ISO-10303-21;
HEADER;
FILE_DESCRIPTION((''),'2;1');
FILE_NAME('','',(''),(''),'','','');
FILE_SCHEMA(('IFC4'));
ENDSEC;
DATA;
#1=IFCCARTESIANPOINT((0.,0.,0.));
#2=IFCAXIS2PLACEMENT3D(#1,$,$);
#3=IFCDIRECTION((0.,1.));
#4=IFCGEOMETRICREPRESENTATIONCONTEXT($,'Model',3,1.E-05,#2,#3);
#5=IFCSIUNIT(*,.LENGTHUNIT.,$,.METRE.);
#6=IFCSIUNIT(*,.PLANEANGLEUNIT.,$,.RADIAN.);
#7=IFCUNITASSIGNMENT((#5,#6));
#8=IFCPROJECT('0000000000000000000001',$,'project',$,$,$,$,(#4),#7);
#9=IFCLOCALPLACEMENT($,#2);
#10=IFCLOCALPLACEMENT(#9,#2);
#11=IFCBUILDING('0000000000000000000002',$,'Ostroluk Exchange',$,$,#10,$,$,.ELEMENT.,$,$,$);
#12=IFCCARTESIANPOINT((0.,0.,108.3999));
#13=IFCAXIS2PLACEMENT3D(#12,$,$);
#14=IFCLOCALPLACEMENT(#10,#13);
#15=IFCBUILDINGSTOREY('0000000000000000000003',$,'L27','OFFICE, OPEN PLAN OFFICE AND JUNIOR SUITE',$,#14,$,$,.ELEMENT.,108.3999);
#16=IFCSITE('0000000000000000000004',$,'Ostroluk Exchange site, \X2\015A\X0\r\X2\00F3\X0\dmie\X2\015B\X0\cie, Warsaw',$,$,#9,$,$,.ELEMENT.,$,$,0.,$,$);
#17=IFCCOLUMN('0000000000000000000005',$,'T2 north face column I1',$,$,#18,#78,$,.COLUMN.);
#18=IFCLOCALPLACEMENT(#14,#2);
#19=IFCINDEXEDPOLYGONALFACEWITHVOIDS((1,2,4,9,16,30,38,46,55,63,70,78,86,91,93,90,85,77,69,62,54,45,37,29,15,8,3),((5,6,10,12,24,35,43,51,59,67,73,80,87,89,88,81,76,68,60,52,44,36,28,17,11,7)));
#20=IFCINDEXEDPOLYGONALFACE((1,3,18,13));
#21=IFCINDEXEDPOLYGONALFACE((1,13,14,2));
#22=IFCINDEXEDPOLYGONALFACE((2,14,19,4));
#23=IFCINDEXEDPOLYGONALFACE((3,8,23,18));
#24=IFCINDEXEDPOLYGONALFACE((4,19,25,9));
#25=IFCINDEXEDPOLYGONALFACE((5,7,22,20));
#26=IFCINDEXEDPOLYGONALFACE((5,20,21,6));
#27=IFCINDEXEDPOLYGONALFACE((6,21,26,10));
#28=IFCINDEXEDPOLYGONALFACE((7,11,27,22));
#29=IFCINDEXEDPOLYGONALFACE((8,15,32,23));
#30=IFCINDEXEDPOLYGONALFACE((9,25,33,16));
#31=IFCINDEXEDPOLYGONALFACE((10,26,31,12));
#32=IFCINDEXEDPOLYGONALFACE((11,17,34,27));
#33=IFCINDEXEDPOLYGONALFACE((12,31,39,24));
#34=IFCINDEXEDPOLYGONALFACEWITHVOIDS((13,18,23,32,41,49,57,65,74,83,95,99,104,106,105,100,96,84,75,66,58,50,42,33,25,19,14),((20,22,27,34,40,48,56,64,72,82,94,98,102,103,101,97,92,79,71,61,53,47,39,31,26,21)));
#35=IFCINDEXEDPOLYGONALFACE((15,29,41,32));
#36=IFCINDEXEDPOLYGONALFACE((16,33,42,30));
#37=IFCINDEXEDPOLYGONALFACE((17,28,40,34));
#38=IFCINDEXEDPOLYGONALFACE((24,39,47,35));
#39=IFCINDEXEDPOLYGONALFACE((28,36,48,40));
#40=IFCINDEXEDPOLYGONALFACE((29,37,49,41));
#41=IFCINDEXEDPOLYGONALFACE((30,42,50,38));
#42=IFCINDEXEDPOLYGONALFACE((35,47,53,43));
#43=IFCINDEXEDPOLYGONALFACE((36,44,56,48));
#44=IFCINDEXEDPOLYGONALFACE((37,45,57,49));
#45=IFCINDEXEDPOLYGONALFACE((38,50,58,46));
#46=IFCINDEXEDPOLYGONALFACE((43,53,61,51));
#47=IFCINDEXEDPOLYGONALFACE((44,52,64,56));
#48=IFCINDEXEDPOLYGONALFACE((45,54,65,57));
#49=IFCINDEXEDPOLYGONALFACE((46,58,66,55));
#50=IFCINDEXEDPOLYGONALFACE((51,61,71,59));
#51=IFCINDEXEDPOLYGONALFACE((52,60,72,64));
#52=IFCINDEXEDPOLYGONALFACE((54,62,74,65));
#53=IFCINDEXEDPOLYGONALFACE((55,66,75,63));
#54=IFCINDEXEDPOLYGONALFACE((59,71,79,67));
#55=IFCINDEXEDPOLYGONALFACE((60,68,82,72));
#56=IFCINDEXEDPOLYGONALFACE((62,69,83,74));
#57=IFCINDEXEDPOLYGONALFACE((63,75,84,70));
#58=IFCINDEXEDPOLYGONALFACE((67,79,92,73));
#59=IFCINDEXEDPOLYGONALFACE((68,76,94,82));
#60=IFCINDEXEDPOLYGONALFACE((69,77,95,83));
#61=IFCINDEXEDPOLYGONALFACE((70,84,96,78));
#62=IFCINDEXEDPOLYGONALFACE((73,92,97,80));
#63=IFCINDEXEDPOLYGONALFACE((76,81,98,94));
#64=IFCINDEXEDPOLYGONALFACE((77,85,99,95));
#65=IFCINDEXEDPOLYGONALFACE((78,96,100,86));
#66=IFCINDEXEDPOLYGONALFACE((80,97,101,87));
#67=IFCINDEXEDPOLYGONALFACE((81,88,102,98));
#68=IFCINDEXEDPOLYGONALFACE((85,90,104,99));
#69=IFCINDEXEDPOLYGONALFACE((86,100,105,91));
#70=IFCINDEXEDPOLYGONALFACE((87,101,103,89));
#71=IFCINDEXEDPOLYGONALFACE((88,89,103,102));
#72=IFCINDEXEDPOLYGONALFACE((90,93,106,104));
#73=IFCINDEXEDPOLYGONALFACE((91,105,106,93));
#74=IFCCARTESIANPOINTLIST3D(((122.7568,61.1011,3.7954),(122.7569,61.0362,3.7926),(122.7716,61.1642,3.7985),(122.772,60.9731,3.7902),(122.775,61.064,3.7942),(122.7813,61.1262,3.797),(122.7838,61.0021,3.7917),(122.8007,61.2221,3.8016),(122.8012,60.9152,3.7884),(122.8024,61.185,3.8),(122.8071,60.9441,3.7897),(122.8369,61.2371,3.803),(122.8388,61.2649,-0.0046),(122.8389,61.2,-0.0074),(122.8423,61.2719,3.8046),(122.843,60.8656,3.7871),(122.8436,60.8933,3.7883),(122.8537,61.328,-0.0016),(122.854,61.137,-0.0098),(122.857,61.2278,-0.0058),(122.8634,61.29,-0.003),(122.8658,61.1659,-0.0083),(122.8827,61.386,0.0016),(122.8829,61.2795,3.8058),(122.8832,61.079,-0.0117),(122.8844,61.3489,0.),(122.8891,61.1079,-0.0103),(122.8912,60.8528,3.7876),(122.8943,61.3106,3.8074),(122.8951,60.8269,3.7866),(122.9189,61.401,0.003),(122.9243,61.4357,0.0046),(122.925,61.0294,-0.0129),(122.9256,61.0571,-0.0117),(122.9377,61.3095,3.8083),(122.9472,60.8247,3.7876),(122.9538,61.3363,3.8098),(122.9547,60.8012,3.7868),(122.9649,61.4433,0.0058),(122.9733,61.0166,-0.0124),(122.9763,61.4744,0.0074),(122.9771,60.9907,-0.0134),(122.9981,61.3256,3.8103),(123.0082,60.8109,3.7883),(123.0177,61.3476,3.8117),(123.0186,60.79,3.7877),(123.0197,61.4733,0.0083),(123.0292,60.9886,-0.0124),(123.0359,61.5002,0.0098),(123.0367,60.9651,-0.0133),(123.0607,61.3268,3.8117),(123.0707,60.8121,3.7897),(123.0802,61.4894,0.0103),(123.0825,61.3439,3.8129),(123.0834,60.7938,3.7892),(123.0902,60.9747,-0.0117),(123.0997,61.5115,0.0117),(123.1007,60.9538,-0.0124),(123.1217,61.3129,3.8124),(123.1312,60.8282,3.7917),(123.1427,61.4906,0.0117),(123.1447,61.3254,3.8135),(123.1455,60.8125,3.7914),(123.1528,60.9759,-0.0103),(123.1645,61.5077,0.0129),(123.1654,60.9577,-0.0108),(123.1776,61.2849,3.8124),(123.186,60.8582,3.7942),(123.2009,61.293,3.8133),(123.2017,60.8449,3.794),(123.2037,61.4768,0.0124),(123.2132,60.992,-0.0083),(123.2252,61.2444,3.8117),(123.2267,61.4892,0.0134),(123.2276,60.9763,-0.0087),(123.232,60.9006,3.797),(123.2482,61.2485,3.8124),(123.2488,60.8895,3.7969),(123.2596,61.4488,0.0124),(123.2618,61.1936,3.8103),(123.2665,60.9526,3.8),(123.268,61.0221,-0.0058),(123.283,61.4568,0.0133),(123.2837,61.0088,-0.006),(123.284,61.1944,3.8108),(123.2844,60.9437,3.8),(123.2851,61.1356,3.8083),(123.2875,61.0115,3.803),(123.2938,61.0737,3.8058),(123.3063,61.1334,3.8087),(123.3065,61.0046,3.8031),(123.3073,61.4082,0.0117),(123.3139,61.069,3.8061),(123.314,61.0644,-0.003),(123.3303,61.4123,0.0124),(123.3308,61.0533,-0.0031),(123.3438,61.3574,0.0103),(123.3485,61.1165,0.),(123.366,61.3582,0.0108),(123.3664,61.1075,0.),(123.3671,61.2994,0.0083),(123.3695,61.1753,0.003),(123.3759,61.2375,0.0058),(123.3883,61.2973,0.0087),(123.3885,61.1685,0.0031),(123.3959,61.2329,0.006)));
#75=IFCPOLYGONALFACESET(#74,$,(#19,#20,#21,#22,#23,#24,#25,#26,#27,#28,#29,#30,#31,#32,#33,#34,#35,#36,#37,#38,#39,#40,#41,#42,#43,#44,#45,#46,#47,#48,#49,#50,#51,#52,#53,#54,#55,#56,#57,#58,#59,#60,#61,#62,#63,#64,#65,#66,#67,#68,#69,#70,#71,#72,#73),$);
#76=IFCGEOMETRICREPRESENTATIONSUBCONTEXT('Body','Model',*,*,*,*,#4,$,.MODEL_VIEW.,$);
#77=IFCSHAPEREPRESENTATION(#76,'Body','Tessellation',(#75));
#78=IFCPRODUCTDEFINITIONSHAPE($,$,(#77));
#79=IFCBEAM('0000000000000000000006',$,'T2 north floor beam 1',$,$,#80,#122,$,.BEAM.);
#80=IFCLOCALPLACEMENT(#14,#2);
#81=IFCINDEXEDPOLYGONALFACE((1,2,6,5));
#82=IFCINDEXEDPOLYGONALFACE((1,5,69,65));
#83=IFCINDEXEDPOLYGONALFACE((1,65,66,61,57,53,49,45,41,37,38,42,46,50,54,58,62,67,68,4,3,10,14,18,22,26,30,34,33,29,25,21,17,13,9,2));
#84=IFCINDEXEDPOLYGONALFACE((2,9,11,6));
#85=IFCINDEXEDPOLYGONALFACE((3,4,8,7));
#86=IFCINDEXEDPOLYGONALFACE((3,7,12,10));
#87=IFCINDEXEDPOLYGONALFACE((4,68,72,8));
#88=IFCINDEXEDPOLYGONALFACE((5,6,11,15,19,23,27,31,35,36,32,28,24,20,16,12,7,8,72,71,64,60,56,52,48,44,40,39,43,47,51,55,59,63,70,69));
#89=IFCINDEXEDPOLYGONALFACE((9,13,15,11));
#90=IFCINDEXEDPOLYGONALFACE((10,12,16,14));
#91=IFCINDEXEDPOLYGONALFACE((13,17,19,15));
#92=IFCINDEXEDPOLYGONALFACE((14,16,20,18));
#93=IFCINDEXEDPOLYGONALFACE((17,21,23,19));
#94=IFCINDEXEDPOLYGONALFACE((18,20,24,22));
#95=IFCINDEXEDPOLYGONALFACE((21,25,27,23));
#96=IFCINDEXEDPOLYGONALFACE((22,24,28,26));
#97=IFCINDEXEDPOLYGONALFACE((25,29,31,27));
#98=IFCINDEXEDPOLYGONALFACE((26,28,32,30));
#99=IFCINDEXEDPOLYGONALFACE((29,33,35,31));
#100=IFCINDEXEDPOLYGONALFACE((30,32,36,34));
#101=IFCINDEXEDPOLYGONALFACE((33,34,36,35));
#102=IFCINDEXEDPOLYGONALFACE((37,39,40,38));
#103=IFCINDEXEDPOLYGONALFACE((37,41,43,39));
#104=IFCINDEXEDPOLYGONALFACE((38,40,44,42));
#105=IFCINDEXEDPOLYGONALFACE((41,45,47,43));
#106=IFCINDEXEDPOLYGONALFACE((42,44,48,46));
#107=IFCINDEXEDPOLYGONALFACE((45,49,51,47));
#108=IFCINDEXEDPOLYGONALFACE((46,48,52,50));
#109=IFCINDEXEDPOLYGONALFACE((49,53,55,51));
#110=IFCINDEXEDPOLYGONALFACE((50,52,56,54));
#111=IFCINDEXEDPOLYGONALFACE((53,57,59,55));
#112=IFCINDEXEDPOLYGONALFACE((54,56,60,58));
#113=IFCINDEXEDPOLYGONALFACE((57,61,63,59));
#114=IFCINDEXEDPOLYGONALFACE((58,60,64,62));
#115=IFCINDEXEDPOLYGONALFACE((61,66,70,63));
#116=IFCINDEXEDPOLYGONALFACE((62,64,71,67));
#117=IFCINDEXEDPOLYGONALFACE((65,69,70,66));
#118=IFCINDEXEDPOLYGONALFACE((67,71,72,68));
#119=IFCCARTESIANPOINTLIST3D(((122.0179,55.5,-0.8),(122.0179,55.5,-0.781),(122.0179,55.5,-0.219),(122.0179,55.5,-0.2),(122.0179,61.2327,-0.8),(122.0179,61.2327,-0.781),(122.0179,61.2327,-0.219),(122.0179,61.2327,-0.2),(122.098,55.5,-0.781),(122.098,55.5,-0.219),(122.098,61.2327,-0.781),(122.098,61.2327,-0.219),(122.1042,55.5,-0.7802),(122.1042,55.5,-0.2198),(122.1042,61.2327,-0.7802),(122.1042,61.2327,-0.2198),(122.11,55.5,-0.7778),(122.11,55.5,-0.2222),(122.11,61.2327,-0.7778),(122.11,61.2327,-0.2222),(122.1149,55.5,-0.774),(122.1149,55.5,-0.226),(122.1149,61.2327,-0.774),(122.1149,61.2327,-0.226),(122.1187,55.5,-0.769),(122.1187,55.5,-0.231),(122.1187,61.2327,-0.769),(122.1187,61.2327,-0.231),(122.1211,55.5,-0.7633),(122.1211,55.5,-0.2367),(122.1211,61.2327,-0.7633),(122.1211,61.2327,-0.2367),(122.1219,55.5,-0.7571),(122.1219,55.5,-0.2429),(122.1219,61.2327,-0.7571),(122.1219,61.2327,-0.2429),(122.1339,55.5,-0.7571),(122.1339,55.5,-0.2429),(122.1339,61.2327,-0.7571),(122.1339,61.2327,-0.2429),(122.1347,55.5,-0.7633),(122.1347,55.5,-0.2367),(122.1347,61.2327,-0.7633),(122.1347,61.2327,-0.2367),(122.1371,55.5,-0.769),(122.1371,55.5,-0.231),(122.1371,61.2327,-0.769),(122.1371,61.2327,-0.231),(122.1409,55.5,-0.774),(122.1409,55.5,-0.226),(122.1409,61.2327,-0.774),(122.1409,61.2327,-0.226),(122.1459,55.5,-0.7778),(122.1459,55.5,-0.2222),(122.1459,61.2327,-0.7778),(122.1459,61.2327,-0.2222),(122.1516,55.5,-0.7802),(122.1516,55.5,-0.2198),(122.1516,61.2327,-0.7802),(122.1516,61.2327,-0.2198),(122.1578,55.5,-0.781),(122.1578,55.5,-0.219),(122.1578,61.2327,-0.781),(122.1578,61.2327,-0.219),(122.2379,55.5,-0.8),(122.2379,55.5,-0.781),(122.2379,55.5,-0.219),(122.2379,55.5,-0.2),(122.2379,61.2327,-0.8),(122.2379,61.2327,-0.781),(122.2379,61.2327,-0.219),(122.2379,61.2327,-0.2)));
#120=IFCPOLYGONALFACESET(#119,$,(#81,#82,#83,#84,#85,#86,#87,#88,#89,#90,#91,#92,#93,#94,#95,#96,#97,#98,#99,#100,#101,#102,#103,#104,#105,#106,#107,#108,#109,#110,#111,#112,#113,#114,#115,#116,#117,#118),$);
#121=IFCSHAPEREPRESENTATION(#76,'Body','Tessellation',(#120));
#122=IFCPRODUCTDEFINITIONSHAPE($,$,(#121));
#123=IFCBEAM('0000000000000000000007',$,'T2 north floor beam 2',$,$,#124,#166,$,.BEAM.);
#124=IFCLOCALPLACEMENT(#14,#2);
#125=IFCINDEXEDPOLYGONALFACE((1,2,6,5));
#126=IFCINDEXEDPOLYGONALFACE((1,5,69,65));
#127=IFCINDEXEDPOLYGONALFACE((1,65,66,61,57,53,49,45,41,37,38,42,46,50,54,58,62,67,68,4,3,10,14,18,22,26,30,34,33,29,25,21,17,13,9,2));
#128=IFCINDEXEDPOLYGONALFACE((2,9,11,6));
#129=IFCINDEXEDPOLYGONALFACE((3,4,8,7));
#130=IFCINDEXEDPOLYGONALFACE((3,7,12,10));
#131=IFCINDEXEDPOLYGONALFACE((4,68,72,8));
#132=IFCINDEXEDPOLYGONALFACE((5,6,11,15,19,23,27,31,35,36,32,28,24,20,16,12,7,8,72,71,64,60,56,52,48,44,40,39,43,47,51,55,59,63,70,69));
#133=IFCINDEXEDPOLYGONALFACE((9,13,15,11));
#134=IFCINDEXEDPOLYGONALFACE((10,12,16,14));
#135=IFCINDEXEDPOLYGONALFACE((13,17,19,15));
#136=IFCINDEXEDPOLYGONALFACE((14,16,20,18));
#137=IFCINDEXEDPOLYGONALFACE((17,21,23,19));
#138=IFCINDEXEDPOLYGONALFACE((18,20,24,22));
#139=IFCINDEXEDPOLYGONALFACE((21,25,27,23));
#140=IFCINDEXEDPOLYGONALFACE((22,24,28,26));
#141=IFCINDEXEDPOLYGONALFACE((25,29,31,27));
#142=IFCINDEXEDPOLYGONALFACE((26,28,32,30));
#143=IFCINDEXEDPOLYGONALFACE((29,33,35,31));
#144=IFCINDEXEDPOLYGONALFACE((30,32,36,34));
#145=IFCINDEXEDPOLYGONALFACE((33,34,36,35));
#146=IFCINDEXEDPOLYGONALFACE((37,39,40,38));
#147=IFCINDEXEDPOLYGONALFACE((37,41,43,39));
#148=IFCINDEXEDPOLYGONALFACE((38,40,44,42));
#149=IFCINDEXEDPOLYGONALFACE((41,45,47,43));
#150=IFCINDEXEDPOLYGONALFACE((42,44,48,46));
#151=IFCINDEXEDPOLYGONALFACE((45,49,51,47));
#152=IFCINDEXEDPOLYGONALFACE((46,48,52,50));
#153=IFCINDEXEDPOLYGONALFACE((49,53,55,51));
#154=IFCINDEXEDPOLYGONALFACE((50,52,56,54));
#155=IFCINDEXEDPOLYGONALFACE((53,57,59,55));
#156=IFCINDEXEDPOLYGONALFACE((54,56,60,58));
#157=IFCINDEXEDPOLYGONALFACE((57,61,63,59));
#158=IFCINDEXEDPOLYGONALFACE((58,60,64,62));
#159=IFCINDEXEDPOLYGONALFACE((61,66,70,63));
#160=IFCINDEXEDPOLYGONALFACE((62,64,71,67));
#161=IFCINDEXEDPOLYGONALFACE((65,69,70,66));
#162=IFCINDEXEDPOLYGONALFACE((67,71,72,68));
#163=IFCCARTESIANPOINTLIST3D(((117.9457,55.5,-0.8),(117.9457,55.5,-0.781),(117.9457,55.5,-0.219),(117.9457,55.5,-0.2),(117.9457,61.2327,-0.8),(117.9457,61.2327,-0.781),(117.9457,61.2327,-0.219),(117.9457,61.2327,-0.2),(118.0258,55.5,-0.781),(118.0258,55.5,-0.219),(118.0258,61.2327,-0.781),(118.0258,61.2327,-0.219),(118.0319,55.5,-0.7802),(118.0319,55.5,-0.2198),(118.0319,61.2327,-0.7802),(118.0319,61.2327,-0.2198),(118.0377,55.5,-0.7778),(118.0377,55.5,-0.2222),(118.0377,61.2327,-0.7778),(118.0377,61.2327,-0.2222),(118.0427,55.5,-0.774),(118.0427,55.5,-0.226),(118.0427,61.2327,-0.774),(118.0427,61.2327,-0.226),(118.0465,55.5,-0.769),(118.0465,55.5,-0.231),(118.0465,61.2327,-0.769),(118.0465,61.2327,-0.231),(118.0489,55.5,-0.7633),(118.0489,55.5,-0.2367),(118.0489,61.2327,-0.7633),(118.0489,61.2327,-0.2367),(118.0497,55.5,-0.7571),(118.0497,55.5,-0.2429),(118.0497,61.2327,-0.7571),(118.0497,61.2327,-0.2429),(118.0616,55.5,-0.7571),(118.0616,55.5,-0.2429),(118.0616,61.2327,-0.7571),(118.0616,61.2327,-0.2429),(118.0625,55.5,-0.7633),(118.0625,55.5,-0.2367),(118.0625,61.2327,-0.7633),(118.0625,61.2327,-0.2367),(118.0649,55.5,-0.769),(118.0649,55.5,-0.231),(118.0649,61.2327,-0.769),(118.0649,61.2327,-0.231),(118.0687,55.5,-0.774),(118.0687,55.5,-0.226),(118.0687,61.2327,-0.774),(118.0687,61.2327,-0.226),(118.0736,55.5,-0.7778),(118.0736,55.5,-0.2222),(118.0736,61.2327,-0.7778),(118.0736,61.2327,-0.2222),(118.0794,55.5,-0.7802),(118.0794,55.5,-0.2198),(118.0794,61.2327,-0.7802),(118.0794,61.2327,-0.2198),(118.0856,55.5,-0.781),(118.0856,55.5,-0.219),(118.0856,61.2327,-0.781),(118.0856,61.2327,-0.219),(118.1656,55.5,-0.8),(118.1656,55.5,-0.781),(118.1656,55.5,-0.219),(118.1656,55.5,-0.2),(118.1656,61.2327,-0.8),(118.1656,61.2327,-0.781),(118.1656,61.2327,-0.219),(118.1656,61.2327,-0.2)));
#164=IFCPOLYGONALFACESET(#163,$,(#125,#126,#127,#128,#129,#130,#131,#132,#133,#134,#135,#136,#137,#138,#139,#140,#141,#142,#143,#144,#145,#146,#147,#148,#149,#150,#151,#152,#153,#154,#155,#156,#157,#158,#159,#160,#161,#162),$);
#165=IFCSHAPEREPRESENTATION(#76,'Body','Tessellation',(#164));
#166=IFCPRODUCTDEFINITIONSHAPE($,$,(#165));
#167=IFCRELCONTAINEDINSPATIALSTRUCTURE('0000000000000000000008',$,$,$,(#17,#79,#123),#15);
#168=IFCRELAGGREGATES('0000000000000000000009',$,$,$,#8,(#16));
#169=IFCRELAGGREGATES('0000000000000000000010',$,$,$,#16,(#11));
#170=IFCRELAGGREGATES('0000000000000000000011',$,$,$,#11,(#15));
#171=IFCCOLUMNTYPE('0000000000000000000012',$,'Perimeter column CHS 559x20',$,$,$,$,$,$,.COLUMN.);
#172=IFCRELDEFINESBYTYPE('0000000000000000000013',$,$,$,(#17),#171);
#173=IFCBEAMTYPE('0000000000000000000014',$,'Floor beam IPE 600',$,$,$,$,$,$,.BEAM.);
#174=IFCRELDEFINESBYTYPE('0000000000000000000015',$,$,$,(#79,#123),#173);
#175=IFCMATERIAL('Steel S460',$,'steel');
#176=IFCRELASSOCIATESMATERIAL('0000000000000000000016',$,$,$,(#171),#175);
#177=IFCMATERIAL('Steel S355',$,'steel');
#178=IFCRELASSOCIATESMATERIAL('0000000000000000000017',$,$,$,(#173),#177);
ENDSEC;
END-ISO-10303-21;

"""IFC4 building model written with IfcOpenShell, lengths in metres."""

from ifc_helpers import new_model, si_unit, direction, frame, origin, origin_2d, place, context, subcontext, project, spatial, hollow_circle, i_section, extrude, material, material_profile, profile_set, type_object, element, save


model = new_model("IFC4")

# Units and contexts
model_context = context("Model", 3, precision=1e-05, world=origin(), true_north=direction((0.0, 1.0)))
body_context = subcontext(model_context, "Body", "Model", "MODEL_VIEW")
ifc_project = project(units=[si_unit("LENGTHUNIT", "METRE"), si_unit("PLANEANGLEUNIT", "RADIAN")], contexts=[model_context])

# Site, building, storey
site_placement = place(None, origin())
site = spatial("IfcSite", under=ifc_project, at=site_placement, Name="Ostroluk Exchange site, Śródmieście, Warsaw", CompositionType="ELEMENT", RefElevation=0.0)
building_placement = place(site_placement, origin())
building = spatial("IfcBuilding", under=site, at=building_placement, Name="Ostroluk Exchange", CompositionType="ELEMENT")
storey_placement = place(building_placement, frame((0.0, 0.0, 108.3999)))
storey = spatial("IfcBuildingStorey", under=building, at=storey_placement, Name="L27", Description="OFFICE, OPEN PLAN OFFICE AND JUNIOR SUITE", CompositionType="ELEMENT", Elevation=108.3999)

# Column
ifc_material_1 = material(Name="Steel S460", Category="steel")
ifc_material_profile_1 = material_profile(ifc_material_1, hollow_circle(Radius=0.2795, WallThickness=0.02, at=origin_2d()), Name="CHS 559x20")
ifc_profile_set_1 = profile_set([ifc_material_profile_1], Name="Steel S460")
column_type = type_object("IfcColumnType", Name="Perimeter column CHS 559x20", PredefinedType="COLUMN", material=ifc_profile_set_1)
column_placement = place(storey_placement, frame((123.1165, 61.2327, 0.0), z_axis=(-0.021562, -0.04306, 0.99884), x_axis=(0.894161, -0.447747, 0.0)))
element("IfcColumn", 1, at=column_placement, inside=storey, type_object=column_type, Name="T2 north face column I1", PredefinedType="COLUMN", context=body_context, shape_type="SweptSolid", body=[
    extrude(hollow_circle(Radius=0.2795, WallThickness=0.02, at=origin_2d()), origin(), (0.0, 0.0, 1.0), 3.8044),
])

# Beams
ifc_material_2 = material(Name="Steel S355", Category="steel")
ifc_material_profile_2 = material_profile(ifc_material_2, i_section(OverallWidth=0.22, OverallDepth=0.6001, WebThickness=0.012, FlangeThickness=0.019, FilletRadius=0.0239, at=origin_2d()), Name="IPE 600")
ifc_profile_set_2 = profile_set([ifc_material_profile_2], Name="Steel S355")
beam_type_1 = type_object("IfcBeamType", Name="Floor beam IPE 600", PredefinedType="BEAM", material=ifc_profile_set_2)
for number, where, z_axis, x_axis, name in (
    (2, (122.1279, 55.5, -0.5), (0.0, 1.0, 0.0), (-1.0, 0.0, 0.0), "T2 north floor beam 1"),
    (3, (118.0557, 55.5, -0.5), (0.0, 1.0, 0.0), (-1.0, 0.0, 0.0), "T2 north floor beam 2"),
):
    element("IfcBeam", number, at=place(storey_placement, frame(where, z_axis=z_axis, x_axis=x_axis)), inside=storey, type_object=beam_type_1, Name=name, PredefinedType="BEAM", context=body_context, shape_type="SweptSolid", body=[
        extrude(i_section(OverallWidth=0.22, OverallDepth=0.6001, WebThickness=0.012, FlangeThickness=0.019, FilletRadius=0.0239, at=origin_2d()), origin(), (0.0, 0.0, 1.0), 5.7327),
    ])

save(model, "model.ifc")
